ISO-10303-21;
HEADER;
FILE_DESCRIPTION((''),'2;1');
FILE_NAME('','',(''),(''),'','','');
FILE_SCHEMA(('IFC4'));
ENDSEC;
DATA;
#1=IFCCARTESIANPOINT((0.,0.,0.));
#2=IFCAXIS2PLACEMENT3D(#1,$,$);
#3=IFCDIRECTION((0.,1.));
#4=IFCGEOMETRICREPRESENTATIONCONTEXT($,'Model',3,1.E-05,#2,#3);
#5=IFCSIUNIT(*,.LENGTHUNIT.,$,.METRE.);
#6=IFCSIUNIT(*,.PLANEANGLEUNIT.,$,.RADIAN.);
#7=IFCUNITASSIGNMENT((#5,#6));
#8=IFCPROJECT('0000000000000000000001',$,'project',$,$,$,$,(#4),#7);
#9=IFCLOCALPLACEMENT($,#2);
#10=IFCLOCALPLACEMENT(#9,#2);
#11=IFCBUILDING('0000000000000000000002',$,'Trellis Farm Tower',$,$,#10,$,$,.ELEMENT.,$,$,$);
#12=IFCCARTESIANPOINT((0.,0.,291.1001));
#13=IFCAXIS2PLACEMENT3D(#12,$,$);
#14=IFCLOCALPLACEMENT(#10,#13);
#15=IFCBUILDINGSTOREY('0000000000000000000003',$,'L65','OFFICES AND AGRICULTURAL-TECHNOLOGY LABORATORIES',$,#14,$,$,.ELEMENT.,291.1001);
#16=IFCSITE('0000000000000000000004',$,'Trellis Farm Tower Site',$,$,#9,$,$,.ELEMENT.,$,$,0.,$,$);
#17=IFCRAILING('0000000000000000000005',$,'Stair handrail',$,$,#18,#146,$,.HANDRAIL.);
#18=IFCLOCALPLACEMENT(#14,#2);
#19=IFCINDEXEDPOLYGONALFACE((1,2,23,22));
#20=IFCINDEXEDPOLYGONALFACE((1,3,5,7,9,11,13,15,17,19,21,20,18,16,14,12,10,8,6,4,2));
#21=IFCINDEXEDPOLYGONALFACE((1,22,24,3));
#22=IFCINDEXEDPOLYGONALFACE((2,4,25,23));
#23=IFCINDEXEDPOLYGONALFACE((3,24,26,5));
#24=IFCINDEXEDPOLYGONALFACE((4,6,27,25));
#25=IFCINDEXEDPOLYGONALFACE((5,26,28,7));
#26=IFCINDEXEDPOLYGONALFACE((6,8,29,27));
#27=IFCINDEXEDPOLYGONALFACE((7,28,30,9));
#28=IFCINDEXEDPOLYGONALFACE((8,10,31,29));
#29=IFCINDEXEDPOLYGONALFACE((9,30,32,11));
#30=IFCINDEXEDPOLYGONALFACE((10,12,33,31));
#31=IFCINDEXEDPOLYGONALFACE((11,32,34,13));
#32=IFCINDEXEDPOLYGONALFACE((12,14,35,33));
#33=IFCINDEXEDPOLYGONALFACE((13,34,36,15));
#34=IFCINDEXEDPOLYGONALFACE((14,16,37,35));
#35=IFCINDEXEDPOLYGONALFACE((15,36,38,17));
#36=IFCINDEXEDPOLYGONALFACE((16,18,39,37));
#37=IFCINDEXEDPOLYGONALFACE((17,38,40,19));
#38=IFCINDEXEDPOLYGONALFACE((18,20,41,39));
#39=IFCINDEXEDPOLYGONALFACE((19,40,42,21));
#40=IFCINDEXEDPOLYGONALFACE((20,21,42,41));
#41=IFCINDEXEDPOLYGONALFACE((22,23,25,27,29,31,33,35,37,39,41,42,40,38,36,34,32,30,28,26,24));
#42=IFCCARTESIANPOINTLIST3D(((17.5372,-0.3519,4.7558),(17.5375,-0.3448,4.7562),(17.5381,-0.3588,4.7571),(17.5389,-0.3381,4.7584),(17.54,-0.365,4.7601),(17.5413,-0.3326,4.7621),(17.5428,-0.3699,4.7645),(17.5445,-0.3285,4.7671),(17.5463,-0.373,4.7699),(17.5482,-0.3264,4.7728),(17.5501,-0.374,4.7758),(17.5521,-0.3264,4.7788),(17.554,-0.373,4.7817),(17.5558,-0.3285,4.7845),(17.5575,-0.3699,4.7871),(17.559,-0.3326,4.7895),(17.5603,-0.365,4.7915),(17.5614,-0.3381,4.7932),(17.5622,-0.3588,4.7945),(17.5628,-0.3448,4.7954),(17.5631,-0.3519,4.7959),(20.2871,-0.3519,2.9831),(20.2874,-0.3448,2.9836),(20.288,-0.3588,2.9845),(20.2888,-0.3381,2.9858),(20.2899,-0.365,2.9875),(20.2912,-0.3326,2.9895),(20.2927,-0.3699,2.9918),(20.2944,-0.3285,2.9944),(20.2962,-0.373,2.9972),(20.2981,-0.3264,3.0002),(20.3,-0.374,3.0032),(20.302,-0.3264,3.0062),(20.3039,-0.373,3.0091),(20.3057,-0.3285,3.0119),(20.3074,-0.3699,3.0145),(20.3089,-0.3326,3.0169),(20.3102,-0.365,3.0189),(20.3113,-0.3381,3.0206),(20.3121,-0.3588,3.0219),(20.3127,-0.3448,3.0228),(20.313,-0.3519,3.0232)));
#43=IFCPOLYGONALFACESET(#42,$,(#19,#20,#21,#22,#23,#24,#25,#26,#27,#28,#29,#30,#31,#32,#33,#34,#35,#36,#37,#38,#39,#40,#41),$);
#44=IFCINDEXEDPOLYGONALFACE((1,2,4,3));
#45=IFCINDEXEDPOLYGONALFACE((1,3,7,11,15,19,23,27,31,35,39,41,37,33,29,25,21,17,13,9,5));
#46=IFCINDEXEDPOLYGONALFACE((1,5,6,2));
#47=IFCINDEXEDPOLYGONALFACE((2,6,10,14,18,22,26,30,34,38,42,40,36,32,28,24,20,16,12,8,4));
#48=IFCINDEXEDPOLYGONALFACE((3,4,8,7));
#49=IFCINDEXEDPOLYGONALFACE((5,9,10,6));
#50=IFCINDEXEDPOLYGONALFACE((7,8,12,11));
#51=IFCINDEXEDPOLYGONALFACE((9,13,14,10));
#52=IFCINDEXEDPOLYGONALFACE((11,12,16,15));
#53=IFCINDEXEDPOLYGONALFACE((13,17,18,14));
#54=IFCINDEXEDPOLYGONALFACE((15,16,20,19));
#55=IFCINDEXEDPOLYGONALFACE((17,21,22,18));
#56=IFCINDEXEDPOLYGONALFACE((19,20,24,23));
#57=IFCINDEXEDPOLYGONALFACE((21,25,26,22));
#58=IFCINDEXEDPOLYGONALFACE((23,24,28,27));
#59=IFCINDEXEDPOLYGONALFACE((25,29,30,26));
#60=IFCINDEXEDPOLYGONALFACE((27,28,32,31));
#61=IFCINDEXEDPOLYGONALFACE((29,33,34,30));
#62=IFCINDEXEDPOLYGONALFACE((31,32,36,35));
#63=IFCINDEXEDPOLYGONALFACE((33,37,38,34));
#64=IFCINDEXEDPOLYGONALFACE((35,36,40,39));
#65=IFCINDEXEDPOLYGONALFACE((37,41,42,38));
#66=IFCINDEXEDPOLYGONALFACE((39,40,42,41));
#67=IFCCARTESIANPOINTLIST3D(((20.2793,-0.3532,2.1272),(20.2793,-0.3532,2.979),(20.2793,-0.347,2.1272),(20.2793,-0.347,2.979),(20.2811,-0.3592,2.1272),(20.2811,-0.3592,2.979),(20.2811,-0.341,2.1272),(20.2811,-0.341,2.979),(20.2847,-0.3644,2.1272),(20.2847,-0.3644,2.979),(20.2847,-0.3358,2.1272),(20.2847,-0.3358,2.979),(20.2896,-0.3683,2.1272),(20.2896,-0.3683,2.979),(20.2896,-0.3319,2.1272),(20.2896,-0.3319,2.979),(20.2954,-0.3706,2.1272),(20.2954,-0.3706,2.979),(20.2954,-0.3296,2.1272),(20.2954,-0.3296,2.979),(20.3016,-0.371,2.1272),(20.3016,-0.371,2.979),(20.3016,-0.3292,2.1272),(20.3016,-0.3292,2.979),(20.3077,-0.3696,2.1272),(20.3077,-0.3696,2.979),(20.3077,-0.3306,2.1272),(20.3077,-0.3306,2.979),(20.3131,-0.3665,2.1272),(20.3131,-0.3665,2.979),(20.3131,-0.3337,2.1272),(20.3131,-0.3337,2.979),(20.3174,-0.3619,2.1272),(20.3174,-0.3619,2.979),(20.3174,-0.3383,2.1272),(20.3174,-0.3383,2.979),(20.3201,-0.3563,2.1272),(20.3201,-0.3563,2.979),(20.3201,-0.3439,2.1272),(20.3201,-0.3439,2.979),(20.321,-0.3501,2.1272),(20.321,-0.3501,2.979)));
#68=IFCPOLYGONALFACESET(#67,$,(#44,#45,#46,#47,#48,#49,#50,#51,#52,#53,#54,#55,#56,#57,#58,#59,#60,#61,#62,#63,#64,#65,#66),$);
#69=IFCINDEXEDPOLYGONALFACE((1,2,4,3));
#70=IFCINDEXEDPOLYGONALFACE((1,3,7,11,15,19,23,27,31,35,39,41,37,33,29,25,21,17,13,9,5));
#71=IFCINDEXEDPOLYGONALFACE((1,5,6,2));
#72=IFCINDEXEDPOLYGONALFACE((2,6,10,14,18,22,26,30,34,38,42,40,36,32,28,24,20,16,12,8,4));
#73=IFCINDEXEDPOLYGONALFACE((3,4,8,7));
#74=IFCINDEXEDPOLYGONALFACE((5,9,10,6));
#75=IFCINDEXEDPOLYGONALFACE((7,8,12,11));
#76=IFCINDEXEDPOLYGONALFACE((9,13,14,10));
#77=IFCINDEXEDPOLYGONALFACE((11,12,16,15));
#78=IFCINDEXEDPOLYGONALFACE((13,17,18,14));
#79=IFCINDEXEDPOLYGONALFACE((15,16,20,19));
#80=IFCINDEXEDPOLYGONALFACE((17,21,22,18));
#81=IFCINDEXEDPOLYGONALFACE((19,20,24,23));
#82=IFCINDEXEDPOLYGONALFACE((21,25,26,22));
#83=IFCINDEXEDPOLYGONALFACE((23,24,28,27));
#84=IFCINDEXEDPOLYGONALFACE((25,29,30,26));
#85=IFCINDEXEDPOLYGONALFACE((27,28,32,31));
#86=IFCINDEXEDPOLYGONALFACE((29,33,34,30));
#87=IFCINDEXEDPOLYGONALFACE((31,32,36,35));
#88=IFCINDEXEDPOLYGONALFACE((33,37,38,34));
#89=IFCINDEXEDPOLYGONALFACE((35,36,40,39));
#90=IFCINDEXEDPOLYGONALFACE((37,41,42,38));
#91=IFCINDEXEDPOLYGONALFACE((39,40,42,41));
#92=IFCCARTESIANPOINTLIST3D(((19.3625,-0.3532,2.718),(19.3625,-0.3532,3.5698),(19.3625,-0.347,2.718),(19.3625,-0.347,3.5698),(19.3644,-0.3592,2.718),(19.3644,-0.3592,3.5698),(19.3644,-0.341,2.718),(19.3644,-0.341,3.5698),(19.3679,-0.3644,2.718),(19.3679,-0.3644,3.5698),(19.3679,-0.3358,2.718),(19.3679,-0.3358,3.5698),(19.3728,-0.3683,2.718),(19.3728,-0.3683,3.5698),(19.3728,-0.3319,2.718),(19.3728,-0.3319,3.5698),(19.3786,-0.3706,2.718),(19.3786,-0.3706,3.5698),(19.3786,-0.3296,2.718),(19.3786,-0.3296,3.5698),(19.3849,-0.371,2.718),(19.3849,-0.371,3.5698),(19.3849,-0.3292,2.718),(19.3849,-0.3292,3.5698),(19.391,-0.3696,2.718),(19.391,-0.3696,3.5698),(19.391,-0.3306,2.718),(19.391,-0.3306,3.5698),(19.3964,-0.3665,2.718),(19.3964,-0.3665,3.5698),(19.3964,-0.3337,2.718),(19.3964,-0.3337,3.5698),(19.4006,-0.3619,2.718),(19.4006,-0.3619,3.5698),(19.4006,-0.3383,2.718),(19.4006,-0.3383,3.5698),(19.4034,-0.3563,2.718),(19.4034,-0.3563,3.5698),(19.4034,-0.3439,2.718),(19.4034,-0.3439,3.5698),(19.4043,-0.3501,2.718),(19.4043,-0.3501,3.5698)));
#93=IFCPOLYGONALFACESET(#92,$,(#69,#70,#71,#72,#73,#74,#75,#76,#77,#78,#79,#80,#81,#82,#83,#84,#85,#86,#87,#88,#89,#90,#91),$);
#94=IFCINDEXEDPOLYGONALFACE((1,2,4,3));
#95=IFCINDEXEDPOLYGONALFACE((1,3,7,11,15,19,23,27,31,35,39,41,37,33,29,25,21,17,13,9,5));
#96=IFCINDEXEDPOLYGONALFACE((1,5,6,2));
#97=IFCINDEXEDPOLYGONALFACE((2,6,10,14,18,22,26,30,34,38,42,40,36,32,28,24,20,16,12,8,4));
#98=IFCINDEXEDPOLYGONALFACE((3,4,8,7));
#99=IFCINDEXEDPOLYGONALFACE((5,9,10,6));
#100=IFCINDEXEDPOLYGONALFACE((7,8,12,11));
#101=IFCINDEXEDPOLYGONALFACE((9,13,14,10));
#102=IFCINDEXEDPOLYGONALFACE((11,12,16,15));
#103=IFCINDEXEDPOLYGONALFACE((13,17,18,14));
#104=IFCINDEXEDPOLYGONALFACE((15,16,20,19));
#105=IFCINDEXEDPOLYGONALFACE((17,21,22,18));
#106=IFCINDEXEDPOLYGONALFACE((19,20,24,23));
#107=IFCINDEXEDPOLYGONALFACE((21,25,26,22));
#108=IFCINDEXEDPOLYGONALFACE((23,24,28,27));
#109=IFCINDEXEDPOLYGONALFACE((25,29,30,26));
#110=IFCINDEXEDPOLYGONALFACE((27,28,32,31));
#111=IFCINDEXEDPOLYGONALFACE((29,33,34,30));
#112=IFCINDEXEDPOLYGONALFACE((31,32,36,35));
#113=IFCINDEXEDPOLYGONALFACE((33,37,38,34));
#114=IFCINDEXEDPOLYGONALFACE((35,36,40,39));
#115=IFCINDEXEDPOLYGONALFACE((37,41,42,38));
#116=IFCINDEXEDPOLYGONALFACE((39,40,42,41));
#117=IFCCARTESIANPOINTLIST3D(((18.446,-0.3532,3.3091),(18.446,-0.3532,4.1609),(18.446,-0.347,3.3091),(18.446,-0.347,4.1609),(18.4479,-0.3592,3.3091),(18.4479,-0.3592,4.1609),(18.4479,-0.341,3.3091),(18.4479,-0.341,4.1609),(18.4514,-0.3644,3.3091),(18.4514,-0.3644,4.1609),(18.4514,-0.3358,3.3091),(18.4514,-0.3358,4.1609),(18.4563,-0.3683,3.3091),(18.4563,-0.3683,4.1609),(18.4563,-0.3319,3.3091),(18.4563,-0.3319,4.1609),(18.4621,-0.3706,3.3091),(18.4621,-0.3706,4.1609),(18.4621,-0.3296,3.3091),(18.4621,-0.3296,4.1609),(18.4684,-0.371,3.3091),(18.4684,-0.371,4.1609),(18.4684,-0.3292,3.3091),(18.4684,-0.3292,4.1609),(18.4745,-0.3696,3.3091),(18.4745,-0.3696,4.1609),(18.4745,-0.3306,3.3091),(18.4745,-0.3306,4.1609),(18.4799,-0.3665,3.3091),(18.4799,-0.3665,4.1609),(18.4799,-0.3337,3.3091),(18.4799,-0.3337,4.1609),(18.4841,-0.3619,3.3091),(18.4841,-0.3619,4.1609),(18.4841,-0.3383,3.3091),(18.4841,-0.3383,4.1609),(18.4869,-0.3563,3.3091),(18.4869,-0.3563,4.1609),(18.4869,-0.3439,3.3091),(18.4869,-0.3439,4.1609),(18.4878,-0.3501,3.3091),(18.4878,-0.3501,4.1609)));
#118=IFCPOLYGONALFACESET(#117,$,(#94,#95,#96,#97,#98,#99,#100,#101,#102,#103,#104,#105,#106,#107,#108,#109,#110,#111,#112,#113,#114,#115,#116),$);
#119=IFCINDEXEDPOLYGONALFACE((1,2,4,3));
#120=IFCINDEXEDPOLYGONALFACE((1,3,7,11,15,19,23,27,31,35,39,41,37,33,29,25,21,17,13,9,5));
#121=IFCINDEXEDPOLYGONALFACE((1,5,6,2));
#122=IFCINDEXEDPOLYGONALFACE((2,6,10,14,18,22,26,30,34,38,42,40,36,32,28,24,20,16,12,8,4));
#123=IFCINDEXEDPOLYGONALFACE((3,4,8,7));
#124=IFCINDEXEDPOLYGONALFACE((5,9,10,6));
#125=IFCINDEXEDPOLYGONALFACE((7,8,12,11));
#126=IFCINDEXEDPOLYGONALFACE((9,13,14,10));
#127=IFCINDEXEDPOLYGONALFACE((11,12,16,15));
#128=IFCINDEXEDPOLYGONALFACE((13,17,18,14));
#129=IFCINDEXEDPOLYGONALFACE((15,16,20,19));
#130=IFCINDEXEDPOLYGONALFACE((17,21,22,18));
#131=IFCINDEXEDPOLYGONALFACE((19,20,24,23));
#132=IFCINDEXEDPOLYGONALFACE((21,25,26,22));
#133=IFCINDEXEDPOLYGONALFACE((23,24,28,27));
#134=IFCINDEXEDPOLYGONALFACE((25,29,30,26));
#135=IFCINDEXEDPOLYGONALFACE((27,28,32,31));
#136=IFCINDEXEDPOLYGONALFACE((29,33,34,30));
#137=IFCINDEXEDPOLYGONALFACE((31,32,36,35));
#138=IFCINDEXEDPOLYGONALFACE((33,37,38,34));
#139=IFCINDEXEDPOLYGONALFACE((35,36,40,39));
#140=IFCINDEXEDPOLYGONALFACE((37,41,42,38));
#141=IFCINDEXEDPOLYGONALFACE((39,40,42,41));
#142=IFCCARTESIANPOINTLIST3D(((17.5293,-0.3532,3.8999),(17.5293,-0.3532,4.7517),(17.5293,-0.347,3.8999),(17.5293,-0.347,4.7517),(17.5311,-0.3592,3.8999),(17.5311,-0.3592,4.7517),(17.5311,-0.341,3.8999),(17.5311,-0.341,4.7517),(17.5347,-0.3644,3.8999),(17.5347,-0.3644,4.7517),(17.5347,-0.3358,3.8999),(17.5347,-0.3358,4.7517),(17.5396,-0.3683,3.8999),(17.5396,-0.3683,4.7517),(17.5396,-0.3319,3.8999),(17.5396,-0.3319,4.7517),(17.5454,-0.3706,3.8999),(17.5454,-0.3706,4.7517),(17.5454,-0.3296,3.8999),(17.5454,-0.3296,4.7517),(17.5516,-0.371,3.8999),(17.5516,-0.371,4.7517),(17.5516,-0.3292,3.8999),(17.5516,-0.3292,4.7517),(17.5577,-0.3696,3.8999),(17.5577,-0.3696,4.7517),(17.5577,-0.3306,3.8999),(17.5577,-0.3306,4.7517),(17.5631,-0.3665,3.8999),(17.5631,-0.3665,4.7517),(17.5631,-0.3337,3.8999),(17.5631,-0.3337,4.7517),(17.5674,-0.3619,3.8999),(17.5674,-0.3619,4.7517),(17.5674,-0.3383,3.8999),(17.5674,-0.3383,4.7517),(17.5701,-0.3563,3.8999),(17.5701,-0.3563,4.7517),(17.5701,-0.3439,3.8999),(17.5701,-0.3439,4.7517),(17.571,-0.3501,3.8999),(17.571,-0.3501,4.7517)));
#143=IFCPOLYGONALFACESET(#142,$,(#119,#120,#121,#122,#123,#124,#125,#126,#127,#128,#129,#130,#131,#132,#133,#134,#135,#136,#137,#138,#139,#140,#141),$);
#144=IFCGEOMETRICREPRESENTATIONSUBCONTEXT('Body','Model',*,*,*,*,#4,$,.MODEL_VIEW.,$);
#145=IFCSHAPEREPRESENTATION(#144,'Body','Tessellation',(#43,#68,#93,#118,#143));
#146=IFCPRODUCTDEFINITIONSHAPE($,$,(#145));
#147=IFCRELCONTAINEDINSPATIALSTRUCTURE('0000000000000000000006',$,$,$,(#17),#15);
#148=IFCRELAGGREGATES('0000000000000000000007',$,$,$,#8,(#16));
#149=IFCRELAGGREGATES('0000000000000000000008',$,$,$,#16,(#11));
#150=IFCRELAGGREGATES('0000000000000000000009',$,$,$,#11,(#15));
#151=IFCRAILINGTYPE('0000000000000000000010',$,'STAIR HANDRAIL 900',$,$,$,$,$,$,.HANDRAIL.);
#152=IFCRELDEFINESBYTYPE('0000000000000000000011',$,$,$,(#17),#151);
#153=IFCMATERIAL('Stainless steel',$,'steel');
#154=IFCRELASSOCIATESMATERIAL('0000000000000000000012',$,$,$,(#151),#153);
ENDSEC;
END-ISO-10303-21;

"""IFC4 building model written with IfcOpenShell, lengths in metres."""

from ifc_helpers import new_model, si_unit, direction, frame, origin, origin_2d, place, context, subcontext, project, spatial, circle, extrude, source, transform, mapped, material, type_object, element, save


model = new_model("IFC4")

# Units and contexts
model_context = context("Model", 3, precision=1e-05, world=origin(), true_north=direction((0.0, 1.0)))
body_context = subcontext(model_context, "Body", "Model", "MODEL_VIEW")
ifc_project = project(units=[si_unit("LENGTHUNIT", "METRE"), si_unit("PLANEANGLEUNIT", "RADIAN")], contexts=[model_context])

# Site, building, storey
site_placement = place(None, origin())
site = spatial("IfcSite", under=ifc_project, at=site_placement, Name="Trellis Farm Tower Site", CompositionType="ELEMENT", RefElevation=0.0)
building_placement = place(site_placement, origin())
building = spatial("IfcBuilding", under=site, at=building_placement, Name="Trellis Farm Tower", CompositionType="ELEMENT")
storey_placement = place(building_placement, frame((0.0, 0.0, 291.1001)))
storey = spatial("IfcBuildingStorey", under=building, at=storey_placement, Name="L65", Description="OFFICES AND AGRICULTURAL-TECHNOLOGY LABORATORIES", CompositionType="ELEMENT", Elevation=291.1001)

# Railing
ifc_material_1 = material(Name="Stainless steel", Category="steel")
railing_type = type_object("IfcRailingType", Name="STAIR HANDRAIL 900", PredefinedType="HANDRAIL", material=ifc_material_1)
shared_shape_1 = source(origin(), body_context, "Body", "SweptSolid", [
    extrude(circle(Radius=0.0239, at=origin_2d()), frame((0.0, 0.0, 0.876), z_axis=(-0.840504, 0.0, 0.541806), x_axis=(0.0, -1.0, 0.0)), (0.0, 0.0, 1.0), 3.2717),
    extrude(circle(Radius=0.021, at=origin_2d()), origin(), (0.0, 0.0, 1.0), 0.8518),
    extrude(circle(Radius=0.021, at=origin_2d()), frame((-0.9167, 0.0, 0.5908)), (0.0, 0.0, 1.0), 0.8518),
    extrude(circle(Radius=0.021, at=origin_2d()), frame((-1.8333, 0.0, 1.1819)), (0.0, 0.0, 1.0), 0.8518),
    extrude(circle(Radius=0.021, at=origin_2d()), frame((-2.75, 0.0, 1.7727)), (0.0, 0.0, 1.0), 0.8518),
])
for number, where, name in (
    (1, (20.3, -0.3501, 2.1272), "Stair handrail"),
):
    element("IfcRailing", number, at=place(storey_placement, frame(where)), inside=storey, type_object=railing_type, Name=name, PredefinedType="HANDRAIL", context=body_context, shape_type="MappedRepresentation", body=[
        mapped(shared_shape_1, transform((0.0, 0.0, 0.0))),
    ])

save(model, "model.ifc")
